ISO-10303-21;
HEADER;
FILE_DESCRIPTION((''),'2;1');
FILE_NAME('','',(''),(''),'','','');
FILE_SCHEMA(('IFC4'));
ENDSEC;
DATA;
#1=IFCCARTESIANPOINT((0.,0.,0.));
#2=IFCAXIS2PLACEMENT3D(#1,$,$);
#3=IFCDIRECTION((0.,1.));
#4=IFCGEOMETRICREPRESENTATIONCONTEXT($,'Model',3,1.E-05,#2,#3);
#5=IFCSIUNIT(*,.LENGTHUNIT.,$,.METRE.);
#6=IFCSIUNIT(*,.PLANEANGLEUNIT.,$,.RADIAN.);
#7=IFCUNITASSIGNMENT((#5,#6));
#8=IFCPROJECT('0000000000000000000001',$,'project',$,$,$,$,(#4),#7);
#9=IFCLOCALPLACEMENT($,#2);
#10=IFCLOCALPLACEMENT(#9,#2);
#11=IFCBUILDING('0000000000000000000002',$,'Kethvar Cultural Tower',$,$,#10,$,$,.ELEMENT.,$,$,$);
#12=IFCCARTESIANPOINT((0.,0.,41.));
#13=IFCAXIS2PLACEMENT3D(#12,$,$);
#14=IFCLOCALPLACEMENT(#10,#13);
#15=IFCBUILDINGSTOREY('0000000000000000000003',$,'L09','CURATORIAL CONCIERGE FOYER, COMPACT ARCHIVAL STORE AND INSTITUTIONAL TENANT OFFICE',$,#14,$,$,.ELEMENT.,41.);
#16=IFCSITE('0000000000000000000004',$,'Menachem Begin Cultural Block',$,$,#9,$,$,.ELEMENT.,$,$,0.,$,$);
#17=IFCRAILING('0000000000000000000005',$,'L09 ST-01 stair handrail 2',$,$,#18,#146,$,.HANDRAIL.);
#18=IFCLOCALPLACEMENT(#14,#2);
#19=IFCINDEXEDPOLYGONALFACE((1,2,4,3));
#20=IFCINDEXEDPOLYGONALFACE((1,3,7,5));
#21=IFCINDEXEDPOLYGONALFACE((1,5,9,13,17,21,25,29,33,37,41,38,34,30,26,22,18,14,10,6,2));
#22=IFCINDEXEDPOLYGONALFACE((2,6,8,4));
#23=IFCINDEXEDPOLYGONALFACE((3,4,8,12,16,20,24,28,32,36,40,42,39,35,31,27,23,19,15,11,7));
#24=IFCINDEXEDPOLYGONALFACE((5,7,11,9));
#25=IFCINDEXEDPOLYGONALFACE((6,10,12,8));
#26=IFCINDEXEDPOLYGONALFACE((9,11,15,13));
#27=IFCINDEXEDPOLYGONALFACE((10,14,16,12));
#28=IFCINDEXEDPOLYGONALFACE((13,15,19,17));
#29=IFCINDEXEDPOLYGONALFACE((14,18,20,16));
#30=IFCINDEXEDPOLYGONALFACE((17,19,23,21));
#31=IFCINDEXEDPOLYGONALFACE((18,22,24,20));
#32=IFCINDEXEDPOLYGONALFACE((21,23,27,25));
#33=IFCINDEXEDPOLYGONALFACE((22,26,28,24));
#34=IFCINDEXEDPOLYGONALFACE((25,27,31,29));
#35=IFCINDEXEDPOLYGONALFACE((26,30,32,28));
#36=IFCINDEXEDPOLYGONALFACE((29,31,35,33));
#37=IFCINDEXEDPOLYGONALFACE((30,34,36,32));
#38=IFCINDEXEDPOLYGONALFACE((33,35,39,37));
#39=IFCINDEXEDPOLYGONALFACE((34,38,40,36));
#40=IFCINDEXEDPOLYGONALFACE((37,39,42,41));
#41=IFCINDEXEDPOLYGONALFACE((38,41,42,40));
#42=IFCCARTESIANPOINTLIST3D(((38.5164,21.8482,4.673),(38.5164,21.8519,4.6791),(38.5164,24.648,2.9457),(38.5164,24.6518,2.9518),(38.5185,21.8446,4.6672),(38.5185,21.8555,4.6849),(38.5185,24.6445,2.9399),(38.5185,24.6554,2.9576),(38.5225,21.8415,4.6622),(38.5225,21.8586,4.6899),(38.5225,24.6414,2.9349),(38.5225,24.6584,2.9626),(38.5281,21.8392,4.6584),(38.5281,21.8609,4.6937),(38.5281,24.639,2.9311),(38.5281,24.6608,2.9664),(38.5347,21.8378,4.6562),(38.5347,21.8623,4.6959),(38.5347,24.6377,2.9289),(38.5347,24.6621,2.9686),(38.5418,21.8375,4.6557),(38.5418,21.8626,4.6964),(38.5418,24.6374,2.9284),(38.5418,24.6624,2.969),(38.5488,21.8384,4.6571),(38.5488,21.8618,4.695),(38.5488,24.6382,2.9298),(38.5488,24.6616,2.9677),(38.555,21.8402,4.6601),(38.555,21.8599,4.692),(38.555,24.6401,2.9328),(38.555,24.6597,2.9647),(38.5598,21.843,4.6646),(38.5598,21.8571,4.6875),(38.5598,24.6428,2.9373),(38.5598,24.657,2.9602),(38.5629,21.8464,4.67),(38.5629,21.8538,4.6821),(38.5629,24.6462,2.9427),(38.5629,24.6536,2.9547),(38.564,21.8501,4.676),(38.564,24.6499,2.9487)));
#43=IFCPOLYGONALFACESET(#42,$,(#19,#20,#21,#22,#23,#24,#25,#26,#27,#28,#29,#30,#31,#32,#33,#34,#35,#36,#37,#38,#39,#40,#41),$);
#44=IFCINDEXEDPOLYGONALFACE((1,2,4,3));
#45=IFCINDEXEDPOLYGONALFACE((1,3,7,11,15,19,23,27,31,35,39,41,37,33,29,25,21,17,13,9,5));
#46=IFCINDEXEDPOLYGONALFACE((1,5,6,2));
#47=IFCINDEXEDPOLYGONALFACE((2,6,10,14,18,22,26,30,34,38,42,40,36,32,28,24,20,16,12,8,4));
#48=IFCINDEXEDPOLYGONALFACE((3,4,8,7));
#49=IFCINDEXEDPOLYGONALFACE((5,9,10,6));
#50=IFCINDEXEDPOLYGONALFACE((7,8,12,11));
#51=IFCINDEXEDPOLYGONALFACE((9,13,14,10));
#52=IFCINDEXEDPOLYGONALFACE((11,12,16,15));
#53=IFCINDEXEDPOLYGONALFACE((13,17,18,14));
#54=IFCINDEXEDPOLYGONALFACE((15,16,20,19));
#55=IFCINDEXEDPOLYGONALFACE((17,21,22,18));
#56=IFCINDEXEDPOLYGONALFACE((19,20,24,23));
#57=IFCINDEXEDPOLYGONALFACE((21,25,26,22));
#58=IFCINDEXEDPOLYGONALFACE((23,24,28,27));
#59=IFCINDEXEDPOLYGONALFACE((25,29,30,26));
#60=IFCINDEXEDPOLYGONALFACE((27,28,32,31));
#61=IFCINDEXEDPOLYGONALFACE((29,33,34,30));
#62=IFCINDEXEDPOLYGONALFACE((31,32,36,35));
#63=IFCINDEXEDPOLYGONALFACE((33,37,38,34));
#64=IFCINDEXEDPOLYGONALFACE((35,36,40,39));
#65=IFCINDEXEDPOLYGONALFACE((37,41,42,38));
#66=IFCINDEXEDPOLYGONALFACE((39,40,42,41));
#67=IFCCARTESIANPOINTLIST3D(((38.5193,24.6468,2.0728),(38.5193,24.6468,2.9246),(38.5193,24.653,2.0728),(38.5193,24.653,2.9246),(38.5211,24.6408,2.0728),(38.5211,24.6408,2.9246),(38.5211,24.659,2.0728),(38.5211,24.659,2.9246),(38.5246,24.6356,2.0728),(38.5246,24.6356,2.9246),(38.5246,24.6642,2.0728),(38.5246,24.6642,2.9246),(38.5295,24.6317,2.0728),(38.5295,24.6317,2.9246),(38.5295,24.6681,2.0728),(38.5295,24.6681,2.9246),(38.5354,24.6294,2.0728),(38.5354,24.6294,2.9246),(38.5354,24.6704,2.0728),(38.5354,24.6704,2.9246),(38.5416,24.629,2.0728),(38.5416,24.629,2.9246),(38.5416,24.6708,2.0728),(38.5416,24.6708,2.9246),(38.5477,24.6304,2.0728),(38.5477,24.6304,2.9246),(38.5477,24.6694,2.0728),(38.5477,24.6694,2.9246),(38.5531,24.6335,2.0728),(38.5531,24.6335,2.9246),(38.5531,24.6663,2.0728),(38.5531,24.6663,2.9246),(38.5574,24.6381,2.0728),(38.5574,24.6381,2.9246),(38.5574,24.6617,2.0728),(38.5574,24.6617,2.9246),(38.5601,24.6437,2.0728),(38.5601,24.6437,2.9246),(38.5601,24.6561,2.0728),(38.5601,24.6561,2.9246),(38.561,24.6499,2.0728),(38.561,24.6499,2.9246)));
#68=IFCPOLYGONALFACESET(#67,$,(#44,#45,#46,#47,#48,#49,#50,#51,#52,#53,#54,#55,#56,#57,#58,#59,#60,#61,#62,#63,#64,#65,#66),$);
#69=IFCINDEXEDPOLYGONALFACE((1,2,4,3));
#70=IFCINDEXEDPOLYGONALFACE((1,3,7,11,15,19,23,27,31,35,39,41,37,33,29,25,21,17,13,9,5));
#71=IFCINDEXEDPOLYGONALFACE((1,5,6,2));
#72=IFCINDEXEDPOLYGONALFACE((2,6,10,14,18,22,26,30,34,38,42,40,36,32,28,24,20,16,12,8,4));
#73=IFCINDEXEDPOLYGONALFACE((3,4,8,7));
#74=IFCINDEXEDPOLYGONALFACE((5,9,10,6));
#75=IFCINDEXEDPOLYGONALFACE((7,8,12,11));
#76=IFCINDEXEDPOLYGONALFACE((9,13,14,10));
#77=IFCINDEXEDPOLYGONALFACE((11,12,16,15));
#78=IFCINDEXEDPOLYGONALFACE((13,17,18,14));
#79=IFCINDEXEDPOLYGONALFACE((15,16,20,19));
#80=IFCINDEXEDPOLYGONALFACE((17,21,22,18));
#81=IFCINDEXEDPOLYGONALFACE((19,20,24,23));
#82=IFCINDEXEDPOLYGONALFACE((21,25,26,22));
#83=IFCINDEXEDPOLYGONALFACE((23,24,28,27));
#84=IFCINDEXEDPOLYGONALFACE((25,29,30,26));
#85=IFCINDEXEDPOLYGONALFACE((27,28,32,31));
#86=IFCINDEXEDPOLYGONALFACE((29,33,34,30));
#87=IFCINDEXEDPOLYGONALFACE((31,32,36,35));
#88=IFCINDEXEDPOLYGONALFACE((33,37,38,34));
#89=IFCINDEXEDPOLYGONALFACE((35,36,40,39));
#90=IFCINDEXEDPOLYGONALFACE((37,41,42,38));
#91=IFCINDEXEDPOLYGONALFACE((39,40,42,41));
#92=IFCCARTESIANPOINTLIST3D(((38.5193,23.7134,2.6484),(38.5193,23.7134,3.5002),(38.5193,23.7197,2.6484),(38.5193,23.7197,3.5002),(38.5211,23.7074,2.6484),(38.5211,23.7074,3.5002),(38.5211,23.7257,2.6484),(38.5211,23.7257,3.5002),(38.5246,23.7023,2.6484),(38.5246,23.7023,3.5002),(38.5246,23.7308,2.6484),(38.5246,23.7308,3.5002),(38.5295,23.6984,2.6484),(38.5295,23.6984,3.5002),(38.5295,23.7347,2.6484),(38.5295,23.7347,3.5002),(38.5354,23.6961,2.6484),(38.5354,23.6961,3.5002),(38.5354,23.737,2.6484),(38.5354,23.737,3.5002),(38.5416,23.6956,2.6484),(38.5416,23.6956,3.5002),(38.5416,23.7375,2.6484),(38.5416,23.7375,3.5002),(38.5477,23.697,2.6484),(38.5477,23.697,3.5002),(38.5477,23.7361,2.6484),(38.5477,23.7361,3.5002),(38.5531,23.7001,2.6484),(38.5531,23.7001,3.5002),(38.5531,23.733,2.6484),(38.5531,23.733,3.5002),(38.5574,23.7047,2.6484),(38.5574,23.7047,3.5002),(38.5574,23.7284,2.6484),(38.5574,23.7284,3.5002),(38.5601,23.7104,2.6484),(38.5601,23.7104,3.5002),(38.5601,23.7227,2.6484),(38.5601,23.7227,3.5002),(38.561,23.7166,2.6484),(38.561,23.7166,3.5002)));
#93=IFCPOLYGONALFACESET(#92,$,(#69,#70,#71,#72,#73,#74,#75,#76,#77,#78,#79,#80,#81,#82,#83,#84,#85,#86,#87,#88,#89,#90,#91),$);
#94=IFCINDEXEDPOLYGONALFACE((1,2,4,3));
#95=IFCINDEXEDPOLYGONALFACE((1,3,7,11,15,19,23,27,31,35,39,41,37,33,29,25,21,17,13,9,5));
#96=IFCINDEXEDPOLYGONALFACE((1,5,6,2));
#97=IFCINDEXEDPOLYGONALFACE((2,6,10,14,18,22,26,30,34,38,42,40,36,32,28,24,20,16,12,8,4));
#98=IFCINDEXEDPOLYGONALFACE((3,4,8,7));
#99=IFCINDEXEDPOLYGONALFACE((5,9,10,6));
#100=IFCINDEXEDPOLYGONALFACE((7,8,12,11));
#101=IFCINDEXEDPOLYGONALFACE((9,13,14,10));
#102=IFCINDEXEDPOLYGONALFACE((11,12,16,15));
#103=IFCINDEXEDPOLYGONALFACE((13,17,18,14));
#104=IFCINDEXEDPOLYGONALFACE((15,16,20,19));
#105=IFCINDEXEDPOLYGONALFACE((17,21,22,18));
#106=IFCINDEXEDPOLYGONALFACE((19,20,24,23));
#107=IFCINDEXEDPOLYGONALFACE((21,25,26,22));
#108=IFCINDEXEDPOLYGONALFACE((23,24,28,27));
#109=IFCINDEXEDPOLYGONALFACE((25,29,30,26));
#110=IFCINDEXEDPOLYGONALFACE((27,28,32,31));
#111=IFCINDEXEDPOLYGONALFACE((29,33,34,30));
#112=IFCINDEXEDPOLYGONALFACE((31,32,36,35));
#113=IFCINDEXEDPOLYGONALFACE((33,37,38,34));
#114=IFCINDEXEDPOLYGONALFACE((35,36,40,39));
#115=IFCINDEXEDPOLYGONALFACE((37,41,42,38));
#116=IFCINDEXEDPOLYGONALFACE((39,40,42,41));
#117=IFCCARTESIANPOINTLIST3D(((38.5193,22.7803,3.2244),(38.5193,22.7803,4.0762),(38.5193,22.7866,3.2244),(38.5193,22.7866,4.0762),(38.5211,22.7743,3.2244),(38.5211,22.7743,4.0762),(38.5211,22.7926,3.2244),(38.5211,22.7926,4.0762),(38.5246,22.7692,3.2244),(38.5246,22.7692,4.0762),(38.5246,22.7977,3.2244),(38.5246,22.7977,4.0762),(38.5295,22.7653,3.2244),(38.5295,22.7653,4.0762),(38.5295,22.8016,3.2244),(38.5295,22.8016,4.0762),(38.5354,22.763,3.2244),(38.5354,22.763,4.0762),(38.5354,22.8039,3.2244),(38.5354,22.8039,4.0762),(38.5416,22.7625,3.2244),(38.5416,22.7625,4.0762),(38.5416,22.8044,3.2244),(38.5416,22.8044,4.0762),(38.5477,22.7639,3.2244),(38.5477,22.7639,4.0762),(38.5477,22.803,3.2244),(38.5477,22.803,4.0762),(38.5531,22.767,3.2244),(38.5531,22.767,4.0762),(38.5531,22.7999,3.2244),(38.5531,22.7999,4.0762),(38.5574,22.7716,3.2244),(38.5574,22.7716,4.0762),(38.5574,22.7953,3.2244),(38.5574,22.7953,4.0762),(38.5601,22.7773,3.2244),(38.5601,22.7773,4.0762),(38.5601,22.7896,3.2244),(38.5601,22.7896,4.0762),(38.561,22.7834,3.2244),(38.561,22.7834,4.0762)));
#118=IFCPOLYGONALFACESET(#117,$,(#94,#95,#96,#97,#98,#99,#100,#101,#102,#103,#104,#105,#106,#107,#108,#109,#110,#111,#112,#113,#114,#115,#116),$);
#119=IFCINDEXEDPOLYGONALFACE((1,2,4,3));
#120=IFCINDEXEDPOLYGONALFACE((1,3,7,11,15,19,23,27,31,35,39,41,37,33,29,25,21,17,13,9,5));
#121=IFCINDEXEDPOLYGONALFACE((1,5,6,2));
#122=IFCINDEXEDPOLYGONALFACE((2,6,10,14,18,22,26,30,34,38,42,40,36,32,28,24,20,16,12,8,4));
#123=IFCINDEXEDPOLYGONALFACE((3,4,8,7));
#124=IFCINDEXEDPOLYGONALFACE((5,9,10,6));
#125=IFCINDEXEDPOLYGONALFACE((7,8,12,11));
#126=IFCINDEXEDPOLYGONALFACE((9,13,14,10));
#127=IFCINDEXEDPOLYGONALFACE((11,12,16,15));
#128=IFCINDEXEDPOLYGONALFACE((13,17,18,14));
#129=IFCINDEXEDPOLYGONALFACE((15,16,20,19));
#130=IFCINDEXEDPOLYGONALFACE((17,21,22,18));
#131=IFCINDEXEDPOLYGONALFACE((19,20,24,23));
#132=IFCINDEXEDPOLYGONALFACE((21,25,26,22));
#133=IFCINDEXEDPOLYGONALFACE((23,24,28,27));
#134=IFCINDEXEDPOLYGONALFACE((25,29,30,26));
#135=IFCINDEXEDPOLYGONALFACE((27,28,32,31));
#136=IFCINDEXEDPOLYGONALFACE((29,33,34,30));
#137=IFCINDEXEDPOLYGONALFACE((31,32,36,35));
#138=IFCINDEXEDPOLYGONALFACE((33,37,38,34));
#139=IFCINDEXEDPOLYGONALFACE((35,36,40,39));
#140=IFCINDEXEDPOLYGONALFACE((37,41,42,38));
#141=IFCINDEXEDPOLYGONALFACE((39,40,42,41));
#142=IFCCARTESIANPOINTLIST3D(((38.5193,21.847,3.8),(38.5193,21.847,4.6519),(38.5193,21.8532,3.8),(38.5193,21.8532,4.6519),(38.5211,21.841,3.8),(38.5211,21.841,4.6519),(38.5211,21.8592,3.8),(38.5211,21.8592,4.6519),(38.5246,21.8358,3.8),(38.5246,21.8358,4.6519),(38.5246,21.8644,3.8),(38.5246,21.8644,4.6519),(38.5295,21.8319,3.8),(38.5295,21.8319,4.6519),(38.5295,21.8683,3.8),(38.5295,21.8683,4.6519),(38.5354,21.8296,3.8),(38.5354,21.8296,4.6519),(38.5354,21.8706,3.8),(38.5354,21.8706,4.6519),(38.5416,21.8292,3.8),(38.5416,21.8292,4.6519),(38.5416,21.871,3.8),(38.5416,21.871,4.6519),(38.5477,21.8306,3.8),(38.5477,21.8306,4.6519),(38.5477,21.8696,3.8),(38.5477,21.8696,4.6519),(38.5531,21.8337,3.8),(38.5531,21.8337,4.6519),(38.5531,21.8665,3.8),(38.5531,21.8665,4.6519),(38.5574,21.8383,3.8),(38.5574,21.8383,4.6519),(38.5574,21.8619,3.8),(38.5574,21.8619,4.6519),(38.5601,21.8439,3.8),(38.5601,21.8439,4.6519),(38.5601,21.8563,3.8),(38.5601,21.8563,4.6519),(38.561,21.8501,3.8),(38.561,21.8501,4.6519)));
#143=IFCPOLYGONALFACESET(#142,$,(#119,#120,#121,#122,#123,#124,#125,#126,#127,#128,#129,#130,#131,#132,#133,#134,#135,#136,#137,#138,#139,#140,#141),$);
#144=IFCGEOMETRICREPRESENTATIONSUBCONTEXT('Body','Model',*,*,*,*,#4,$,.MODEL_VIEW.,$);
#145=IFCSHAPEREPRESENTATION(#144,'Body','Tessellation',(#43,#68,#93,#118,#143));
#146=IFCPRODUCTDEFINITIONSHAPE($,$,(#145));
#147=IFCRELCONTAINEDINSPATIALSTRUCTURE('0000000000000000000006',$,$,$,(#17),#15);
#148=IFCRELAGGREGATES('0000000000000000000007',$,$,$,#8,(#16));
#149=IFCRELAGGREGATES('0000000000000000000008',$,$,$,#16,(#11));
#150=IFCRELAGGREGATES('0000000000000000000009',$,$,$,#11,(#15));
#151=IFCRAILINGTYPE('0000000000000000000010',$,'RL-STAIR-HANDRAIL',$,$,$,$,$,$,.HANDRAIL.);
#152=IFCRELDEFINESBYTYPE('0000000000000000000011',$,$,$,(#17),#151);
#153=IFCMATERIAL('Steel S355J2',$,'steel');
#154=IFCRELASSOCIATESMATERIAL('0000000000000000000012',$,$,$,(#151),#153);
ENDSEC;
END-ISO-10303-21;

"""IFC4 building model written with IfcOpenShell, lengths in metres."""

from ifc_helpers import new_model, si_unit, direction, frame, origin, origin_2d, place, context, subcontext, project, spatial, circle, extrude, material, type_object, element, save


model = new_model("IFC4")

# Units and contexts
model_context = context("Model", 3, precision=1e-05, world=origin(), true_north=direction((0.0, 1.0)))
body_context = subcontext(model_context, "Body", "Model", "MODEL_VIEW")
ifc_project = project(units=[si_unit("LENGTHUNIT", "METRE"), si_unit("PLANEANGLEUNIT", "RADIAN")], contexts=[model_context])

# Site, building, storey
site_placement = place(None, origin())
site = spatial("IfcSite", under=ifc_project, at=site_placement, Name="Menachem Begin Cultural Block", CompositionType="ELEMENT", RefElevation=0.0)
building_placement = place(site_placement, origin())
building = spatial("IfcBuilding", under=site, at=building_placement, Name="Kethvar Cultural Tower", CompositionType="ELEMENT")
storey_placement = place(building_placement, frame((0.0, 0.0, 41.0)))
storey = spatial("IfcBuildingStorey", under=building, at=storey_placement, Name="L09", Description="CURATORIAL CONCIERGE FOYER, COMPACT ARCHIVAL STORE AND INSTITUTIONAL TENANT OFFICE", CompositionType="ELEMENT", Elevation=41.0)

# Shared definitions
ifc_material_1 = material(Name="Steel S355J2", Category="steel")

# Railing
railing_type_1 = type_object("IfcRailingType", Name="RL-STAIR-HANDRAIL", PredefinedType="HANDRAIL", material=ifc_material_1)
railing_1_placement = place(storey_placement, frame((38.54, 24.6499, 2.0728)))
element("IfcRailing", 1, at=railing_1_placement, inside=storey, type_object=railing_type_1, Name="L09 ST-01 stair handrail 2", PredefinedType="HANDRAIL", context=body_context, shape_type="SweptSolid", body=[
    extrude(circle(Radius=0.0239, at=origin_2d()), frame((0.0, 0.0, 0.876), z_axis=(0.0, -0.851069, 0.525054), x_axis=(1.0, 0.0, 0.0)), (0.0, 0.0, 1.0), 3.2898),
    extrude(circle(Radius=0.021, at=origin_2d()), origin(), (0.0, 0.0, 1.0), 0.8518),
    extrude(circle(Radius=0.021, at=origin_2d()), frame((0.0, -0.9333, 0.5757)), (0.0, 0.0, 1.0), 0.8518),
    extrude(circle(Radius=0.021, at=origin_2d()), frame((0.0, -1.8665, 1.1516)), (0.0, 0.0, 1.0), 0.8518),
    extrude(circle(Radius=0.021, at=origin_2d()), frame((0.0, -2.7998, 1.7273)), (0.0, 0.0, 1.0), 0.8518),
])

save(model, "model.ifc")
